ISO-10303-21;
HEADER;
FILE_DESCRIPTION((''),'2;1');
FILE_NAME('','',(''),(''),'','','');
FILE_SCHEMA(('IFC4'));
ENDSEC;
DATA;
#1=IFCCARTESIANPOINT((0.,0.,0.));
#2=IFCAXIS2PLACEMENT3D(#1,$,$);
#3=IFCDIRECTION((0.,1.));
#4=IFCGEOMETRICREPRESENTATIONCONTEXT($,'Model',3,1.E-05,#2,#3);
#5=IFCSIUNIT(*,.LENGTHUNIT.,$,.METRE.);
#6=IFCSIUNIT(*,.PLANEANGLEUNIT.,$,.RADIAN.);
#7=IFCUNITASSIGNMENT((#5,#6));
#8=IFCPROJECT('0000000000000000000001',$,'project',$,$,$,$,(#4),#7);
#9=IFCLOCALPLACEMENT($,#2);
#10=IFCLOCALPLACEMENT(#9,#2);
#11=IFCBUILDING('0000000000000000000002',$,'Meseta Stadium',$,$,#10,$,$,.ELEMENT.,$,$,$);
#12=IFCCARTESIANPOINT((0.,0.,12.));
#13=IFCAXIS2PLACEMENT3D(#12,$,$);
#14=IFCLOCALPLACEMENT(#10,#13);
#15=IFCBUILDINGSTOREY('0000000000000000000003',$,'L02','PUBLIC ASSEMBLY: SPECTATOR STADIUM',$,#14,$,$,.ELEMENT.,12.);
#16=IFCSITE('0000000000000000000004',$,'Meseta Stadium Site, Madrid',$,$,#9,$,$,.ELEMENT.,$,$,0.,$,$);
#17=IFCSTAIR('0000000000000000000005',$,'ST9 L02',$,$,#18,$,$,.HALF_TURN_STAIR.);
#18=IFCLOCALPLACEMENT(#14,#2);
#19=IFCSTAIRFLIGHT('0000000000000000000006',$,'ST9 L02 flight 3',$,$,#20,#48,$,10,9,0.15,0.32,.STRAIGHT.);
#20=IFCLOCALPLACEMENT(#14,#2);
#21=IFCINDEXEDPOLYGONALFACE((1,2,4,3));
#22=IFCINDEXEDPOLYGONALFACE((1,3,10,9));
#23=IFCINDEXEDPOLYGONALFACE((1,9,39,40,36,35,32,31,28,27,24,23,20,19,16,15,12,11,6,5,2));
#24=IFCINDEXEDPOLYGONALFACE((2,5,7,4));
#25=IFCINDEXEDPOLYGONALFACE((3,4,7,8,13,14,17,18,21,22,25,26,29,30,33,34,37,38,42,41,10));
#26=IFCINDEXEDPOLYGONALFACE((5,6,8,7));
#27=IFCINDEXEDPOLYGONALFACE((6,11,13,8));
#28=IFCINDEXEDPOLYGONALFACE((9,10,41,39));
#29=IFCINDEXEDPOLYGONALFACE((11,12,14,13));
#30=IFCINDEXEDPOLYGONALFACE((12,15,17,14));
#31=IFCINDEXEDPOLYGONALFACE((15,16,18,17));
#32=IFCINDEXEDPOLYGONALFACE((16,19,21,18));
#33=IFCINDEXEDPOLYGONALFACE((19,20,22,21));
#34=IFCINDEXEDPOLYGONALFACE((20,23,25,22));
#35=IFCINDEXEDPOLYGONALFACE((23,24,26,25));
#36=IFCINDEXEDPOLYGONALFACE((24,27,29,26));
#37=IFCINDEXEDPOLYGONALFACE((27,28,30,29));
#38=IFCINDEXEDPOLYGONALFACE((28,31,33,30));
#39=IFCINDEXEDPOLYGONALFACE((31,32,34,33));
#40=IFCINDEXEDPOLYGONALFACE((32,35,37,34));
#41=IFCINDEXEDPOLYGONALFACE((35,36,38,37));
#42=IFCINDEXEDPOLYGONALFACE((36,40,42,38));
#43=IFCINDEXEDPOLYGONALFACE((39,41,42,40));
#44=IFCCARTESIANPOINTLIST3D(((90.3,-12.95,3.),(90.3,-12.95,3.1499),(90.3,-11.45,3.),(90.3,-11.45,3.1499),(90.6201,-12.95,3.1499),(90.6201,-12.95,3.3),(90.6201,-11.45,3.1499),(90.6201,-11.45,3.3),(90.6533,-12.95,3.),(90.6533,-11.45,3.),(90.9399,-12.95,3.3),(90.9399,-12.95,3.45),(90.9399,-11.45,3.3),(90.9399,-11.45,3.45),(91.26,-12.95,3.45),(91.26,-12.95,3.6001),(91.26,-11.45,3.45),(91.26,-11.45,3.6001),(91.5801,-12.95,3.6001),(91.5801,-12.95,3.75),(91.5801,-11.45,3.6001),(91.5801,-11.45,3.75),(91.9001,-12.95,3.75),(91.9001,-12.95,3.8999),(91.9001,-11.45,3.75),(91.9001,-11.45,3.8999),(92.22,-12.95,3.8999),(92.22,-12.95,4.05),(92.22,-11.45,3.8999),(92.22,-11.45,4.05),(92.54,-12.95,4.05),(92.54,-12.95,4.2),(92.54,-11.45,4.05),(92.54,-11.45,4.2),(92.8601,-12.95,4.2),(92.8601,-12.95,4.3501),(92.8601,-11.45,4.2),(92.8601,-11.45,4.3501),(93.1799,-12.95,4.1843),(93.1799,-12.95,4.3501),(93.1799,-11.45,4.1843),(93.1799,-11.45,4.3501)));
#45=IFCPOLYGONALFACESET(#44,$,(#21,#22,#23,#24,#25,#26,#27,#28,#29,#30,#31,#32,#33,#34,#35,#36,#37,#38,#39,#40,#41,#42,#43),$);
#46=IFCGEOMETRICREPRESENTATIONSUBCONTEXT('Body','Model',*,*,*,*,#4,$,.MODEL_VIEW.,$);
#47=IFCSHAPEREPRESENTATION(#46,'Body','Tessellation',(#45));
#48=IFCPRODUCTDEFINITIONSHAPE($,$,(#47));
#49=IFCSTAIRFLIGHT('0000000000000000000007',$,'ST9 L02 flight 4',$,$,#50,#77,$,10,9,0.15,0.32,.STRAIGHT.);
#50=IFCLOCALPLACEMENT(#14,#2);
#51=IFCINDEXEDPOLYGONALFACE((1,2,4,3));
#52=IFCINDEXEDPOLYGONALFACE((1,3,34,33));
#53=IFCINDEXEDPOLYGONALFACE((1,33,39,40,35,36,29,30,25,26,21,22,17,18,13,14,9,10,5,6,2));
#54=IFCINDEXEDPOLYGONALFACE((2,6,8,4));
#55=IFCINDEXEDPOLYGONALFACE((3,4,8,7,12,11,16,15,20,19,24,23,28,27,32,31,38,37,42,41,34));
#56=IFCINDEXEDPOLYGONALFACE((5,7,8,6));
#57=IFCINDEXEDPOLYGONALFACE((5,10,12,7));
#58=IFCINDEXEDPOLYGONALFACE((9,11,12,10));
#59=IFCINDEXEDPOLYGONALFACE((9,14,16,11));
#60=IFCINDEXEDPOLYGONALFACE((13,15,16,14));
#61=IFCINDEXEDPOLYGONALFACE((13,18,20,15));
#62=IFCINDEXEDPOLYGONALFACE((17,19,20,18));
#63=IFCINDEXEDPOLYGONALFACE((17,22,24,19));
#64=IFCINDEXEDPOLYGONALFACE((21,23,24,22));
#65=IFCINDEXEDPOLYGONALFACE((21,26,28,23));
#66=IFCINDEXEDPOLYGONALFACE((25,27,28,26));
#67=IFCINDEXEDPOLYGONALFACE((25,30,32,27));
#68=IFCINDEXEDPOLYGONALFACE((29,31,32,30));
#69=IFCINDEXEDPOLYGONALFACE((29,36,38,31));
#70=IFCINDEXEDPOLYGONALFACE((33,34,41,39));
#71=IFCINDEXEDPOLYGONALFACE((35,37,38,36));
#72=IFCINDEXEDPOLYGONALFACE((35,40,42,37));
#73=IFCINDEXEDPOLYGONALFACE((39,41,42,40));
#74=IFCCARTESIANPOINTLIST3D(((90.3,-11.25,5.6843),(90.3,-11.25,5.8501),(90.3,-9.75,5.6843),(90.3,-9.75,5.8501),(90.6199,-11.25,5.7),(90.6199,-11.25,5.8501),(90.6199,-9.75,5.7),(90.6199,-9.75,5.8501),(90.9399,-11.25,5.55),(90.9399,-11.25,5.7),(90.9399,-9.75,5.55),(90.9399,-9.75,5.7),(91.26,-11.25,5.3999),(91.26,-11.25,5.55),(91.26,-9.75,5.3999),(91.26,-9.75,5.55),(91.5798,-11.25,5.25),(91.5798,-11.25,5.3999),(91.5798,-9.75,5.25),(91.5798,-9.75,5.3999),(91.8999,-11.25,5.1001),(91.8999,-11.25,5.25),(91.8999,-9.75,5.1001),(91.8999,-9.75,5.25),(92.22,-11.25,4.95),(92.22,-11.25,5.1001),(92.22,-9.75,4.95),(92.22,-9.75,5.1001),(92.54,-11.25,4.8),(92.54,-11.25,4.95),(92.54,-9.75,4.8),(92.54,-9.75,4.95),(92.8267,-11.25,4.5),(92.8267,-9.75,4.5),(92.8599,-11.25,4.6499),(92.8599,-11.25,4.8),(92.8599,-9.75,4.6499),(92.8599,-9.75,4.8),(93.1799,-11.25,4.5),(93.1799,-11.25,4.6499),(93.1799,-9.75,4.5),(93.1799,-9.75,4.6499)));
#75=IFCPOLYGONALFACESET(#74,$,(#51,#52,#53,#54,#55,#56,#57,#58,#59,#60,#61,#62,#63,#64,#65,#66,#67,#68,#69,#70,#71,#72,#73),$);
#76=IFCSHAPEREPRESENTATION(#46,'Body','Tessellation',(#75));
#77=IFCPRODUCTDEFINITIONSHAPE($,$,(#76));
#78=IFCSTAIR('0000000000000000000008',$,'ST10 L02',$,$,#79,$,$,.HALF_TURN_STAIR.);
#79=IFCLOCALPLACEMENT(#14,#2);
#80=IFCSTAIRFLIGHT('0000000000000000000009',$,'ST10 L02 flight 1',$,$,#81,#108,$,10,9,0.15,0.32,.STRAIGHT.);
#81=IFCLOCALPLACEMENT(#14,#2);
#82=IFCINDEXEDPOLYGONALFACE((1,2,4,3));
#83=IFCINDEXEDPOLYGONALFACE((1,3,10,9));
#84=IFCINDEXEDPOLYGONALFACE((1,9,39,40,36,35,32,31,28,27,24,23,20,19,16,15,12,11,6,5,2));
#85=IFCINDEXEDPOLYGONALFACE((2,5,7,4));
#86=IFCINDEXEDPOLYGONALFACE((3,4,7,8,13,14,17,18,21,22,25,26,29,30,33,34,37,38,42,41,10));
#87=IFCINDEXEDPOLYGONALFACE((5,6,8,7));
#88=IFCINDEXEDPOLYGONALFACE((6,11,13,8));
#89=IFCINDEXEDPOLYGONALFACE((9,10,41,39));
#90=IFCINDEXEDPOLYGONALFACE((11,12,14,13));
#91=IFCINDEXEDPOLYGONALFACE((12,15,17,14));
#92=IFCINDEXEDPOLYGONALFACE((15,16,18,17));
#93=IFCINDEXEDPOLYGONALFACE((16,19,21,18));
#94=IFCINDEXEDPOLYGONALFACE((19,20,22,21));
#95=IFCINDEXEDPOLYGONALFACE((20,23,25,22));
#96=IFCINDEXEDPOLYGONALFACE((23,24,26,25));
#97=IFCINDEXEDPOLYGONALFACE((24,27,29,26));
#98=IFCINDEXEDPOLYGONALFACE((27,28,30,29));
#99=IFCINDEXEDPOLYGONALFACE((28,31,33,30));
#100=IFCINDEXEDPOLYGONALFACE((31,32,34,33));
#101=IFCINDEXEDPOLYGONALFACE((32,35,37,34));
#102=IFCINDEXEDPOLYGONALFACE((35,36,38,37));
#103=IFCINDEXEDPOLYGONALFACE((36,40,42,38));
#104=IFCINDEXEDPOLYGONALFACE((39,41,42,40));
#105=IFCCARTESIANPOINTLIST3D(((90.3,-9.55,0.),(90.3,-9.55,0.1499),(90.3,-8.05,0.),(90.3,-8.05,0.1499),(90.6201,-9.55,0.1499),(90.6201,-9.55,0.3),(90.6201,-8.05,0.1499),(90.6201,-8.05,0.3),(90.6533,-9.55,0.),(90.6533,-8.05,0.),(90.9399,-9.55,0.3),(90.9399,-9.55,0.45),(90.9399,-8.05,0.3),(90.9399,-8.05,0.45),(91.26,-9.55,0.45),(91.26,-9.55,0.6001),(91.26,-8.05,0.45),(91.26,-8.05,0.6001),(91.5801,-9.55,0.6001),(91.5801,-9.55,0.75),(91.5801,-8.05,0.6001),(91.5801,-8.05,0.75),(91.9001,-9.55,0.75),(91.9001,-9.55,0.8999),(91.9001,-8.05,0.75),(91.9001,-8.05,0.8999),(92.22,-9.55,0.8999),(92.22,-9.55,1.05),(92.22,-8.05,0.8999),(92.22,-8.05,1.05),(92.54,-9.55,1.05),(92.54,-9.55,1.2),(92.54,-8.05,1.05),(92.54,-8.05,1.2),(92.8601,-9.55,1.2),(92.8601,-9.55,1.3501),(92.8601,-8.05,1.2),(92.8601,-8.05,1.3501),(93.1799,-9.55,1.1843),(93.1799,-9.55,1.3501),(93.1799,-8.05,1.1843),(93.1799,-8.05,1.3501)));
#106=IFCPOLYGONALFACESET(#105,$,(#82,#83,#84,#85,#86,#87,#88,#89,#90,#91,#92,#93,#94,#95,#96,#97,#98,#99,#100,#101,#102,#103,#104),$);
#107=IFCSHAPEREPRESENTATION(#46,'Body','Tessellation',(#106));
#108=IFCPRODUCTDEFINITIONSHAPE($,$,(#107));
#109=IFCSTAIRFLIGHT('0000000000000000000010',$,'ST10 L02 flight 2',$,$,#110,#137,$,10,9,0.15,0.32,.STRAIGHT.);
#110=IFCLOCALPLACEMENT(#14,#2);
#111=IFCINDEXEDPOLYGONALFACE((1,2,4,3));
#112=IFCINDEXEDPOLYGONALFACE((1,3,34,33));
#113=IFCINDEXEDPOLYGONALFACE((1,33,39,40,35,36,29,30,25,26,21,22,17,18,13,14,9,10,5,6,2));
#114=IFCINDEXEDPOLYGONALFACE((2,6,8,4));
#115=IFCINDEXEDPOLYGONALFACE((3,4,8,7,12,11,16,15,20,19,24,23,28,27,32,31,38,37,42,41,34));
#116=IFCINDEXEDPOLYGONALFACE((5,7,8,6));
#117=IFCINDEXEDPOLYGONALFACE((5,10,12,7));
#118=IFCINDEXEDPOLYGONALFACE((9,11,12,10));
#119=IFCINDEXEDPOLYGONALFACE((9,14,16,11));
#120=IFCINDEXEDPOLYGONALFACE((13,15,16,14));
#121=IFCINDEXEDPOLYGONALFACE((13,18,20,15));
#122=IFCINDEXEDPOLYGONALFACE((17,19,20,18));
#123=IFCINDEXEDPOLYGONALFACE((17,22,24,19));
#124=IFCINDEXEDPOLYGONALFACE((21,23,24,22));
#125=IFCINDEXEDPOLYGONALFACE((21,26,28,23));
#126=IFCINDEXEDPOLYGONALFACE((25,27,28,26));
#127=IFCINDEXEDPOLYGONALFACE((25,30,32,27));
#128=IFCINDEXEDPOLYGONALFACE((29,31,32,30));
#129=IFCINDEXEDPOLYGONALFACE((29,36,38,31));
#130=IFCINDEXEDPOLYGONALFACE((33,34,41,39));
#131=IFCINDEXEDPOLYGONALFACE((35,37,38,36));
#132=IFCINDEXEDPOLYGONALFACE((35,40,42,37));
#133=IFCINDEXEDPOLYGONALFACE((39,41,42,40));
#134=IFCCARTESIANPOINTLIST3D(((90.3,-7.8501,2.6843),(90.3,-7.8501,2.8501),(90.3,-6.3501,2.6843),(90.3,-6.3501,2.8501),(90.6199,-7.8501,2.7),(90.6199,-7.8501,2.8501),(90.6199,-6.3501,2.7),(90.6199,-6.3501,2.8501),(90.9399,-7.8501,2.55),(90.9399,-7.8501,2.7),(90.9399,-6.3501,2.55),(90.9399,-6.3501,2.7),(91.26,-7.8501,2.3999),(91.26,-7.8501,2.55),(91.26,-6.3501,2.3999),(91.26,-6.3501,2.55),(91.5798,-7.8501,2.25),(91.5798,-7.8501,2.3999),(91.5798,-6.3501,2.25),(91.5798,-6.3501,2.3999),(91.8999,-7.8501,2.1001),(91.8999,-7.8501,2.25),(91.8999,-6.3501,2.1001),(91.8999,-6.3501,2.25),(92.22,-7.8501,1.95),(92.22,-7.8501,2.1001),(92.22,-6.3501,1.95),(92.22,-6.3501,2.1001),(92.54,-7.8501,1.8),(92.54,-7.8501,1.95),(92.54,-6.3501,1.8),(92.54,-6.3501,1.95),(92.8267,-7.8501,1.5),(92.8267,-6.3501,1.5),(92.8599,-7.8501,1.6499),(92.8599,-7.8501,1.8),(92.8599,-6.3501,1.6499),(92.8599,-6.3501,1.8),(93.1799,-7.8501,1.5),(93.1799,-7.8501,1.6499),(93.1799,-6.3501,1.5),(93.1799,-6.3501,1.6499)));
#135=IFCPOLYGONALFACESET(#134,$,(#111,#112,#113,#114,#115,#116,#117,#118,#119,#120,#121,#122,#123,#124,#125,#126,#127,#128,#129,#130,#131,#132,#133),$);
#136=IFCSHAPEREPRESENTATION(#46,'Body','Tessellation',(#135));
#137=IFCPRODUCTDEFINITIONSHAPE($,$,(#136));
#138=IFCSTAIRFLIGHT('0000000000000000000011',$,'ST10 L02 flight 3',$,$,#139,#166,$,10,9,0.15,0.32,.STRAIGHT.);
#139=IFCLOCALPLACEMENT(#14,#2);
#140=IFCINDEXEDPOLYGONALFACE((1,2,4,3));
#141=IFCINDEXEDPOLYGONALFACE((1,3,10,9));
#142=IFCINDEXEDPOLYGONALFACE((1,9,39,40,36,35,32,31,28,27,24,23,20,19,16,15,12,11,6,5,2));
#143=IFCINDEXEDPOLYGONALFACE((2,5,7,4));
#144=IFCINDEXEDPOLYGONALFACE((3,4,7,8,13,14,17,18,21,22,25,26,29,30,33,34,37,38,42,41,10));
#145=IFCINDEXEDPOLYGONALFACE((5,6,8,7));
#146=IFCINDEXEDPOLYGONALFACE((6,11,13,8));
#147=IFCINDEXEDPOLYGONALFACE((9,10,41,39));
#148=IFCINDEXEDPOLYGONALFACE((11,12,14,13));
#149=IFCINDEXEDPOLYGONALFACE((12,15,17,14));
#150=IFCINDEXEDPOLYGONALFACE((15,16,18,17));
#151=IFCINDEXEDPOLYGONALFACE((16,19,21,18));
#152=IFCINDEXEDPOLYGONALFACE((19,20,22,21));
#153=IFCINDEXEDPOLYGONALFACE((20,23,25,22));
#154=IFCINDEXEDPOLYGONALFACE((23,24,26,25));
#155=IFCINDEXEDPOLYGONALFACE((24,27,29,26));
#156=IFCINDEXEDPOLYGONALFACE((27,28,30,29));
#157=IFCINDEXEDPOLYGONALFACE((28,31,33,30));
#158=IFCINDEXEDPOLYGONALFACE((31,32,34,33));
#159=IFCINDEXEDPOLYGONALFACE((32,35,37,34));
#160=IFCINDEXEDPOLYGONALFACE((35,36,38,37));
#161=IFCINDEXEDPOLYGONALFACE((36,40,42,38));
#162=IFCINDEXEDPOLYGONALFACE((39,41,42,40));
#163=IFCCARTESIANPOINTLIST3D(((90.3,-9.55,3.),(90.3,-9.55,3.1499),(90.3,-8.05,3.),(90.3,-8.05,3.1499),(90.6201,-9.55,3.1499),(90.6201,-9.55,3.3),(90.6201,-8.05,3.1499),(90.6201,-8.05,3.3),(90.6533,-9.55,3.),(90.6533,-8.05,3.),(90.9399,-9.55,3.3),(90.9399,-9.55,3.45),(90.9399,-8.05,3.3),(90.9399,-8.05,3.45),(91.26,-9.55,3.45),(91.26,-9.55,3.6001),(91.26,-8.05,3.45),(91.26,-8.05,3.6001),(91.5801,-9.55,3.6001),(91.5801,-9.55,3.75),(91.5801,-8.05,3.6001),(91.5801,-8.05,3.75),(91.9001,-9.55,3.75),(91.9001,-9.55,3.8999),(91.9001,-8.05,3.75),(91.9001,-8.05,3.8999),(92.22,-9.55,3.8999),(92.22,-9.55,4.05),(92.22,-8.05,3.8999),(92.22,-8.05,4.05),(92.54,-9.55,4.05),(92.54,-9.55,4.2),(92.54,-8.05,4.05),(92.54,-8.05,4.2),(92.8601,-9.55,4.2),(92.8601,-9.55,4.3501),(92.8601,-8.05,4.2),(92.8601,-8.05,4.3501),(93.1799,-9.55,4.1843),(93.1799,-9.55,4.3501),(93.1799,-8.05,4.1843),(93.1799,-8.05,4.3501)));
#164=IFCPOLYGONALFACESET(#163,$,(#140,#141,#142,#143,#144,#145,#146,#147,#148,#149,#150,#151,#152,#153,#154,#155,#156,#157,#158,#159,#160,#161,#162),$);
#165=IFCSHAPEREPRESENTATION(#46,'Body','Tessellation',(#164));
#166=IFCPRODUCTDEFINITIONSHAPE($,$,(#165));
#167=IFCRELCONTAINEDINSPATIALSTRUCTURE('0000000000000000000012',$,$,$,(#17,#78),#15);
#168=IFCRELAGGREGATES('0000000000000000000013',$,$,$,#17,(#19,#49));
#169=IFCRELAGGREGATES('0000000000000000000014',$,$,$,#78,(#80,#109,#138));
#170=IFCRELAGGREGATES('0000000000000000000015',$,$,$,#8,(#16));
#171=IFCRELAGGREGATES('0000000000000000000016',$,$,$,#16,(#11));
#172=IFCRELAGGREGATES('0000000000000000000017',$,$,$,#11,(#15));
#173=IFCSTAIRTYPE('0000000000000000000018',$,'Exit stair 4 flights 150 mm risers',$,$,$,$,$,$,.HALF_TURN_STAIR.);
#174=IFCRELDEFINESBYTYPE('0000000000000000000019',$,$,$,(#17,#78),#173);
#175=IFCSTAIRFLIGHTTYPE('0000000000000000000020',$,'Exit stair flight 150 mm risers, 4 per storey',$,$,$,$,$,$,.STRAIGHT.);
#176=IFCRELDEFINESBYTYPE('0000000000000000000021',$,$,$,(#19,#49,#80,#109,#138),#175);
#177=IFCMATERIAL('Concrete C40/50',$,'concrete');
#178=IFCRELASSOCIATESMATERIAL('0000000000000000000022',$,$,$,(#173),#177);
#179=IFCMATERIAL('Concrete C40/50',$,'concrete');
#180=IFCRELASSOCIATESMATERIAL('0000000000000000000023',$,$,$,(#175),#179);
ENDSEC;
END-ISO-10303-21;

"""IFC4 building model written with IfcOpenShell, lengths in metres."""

from ifc_helpers import new_model, si_unit, direction, frame, origin, place, context, subcontext, project, spatial, polyline, outline, extrude, material, type_object, element, aggregate, save


model = new_model("IFC4")

# Units and contexts
model_context = context("Model", 3, precision=1e-05, world=origin(), true_north=direction((0.0, 1.0)))
body_context = subcontext(model_context, "Body", "Model", "MODEL_VIEW")
ifc_project = project(units=[si_unit("LENGTHUNIT", "METRE"), si_unit("PLANEANGLEUNIT", "RADIAN")], contexts=[model_context])

# Site, building, storey
site_placement = place(None, origin())
site = spatial("IfcSite", under=ifc_project, at=site_placement, Name="Meseta Stadium Site, Madrid", CompositionType="ELEMENT", RefElevation=0.0)
building_placement = place(site_placement, origin())
building = spatial("IfcBuilding", under=site, at=building_placement, Name="Meseta Stadium", CompositionType="ELEMENT")
storey_placement = place(building_placement, frame((0.0, 0.0, 12.0)))
storey = spatial("IfcBuildingStorey", under=building, at=storey_placement, Name="L02", Description="PUBLIC ASSEMBLY: SPECTATOR STADIUM", CompositionType="ELEMENT", Elevation=12.0)

# Stairs, stair flights
ifc_material_1 = material(Name="Concrete C40/50", Category="concrete")
stair_type = type_object("IfcStairType", Name="Exit stair 4 flights 150 mm risers", PredefinedType="HALF_TURN_STAIR", material=ifc_material_1)
stair_1_placement = place(storey_placement, origin())
stair_1 = element("IfcStair", 1, at=stair_1_placement, inside=storey, type_object=stair_type, Name="ST9 L02", PredefinedType="HALF_TURN_STAIR")
ifc_material_2 = material(Name="Concrete C40/50", Category="concrete")
stair_flight_type = type_object("IfcStairFlightType", Name="Exit stair flight 150 mm risers, 4 per storey", PredefinedType="STRAIGHT", material=ifc_material_2)
stair_flight_1_placement = place(storey_placement, frame((90.3, -12.2, 3.0), z_axis=(0.0, 0.0, 1.0), x_axis=(1.0, 0.0, 0.0)))
stair_flight_1 = element("IfcStairFlight", 2, at=stair_flight_1_placement, type_object=stair_flight_type, Name="ST9 L02 flight 3", NumberOfRisers=10, NumberOfTreads=9, PredefinedType="STRAIGHT", RiserHeight=0.15, TreadLength=0.32, context=body_context, shape_type="SweptSolid", body=[
    extrude(outline(polyline([(0.0, 0.0), (0.0, 0.1499), (0.3201, 0.1499), (0.3201, 0.3), (0.6399, 0.3), (0.6399, 0.45), (0.96, 0.45), (0.96, 0.6001), (1.28, 0.6001), (1.28, 0.75), (1.6001, 0.75), (1.6001, 0.8999), (1.9199, 0.8999), (1.9199, 1.05), (2.24, 1.05), (2.24, 1.2), (2.5601, 1.2), (2.5601, 1.3501), (2.8799, 1.3501), (2.8799, 1.1843), (0.3533, 0.0), (0.0, 0.0)])), frame((0.0, 0.75, 0.0), z_axis=(0.0, -1.0, 0.0), x_axis=(1.0, 0.0, 0.0)), (0.0, 0.0, 1.0), 1.5),
])
stair_flight_2_placement = place(storey_placement, frame((93.1799, -10.5, 4.5), z_axis=(0.0, 0.0, 1.0), x_axis=(-1.0, 0.0, 0.0)))
stair_flight_2 = element("IfcStairFlight", 3, at=stair_flight_2_placement, type_object=stair_flight_type, Name="ST9 L02 flight 4", NumberOfRisers=10, NumberOfTreads=9, PredefinedType="STRAIGHT", RiserHeight=0.15, TreadLength=0.32, context=body_context, shape_type="SweptSolid", body=[
    extrude(outline(polyline([(0.0, 0.0), (0.0, 0.1499), (0.3201, 0.1499), (0.3201, 0.3), (0.6399, 0.3), (0.6399, 0.45), (0.96, 0.45), (0.96, 0.6001), (1.28, 0.6001), (1.28, 0.75), (1.6001, 0.75), (1.6001, 0.8999), (1.9199, 0.8999), (1.9199, 1.05), (2.24, 1.05), (2.24, 1.2), (2.5601, 1.2), (2.5601, 1.3501), (2.8799, 1.3501), (2.8799, 1.1843), (0.3533, 0.0), (0.0, 0.0)])), frame((0.0, 0.75, 0.0), z_axis=(0.0, -1.0, 0.0), x_axis=(1.0, 0.0, 0.0)), (0.0, 0.0, 1.0), 1.5),
])
aggregate(stair_1, [stair_flight_1, stair_flight_2])
stair_2_placement = place(storey_placement, origin())
stair_2 = element("IfcStair", 4, at=stair_2_placement, inside=storey, type_object=stair_type, Name="ST10 L02", PredefinedType="HALF_TURN_STAIR")
stair_flight_3_placement = place(storey_placement, frame((90.3, -8.8, 0.0), z_axis=(0.0, 0.0, 1.0), x_axis=(1.0, 0.0, 0.0)))
stair_flight_3 = element("IfcStairFlight", 5, at=stair_flight_3_placement, type_object=stair_flight_type, Name="ST10 L02 flight 1", NumberOfRisers=10, NumberOfTreads=9, PredefinedType="STRAIGHT", RiserHeight=0.15, TreadLength=0.32, context=body_context, shape_type="SweptSolid", body=[
    extrude(outline(polyline([(0.0, 0.0), (0.0, 0.1499), (0.3201, 0.1499), (0.3201, 0.3), (0.6399, 0.3), (0.6399, 0.45), (0.96, 0.45), (0.96, 0.6001), (1.28, 0.6001), (1.28, 0.75), (1.6001, 0.75), (1.6001, 0.8999), (1.9199, 0.8999), (1.9199, 1.05), (2.24, 1.05), (2.24, 1.2), (2.5601, 1.2), (2.5601, 1.3501), (2.8799, 1.3501), (2.8799, 1.1843), (0.3533, 0.0), (0.0, 0.0)])), frame((0.0, 0.75, 0.0), z_axis=(0.0, -1.0, 0.0), x_axis=(1.0, 0.0, 0.0)), (0.0, 0.0, 1.0), 1.5),
])
stair_flight_4_placement = place(storey_placement, frame((93.1799, -7.1001, 1.5), z_axis=(0.0, 0.0, 1.0), x_axis=(-1.0, 0.0, 0.0)))
stair_flight_4 = element("IfcStairFlight", 6, at=stair_flight_4_placement, type_object=stair_flight_type, Name="ST10 L02 flight 2", NumberOfRisers=10, NumberOfTreads=9, PredefinedType="STRAIGHT", RiserHeight=0.15, TreadLength=0.32, context=body_context, shape_type="SweptSolid", body=[
    extrude(outline(polyline([(0.0, 0.0), (0.0, 0.1499), (0.3201, 0.1499), (0.3201, 0.3), (0.6399, 0.3), (0.6399, 0.45), (0.96, 0.45), (0.96, 0.6001), (1.28, 0.6001), (1.28, 0.75), (1.6001, 0.75), (1.6001, 0.8999), (1.9199, 0.8999), (1.9199, 1.05), (2.24, 1.05), (2.24, 1.2), (2.5601, 1.2), (2.5601, 1.3501), (2.8799, 1.3501), (2.8799, 1.1843), (0.3533, 0.0), (0.0, 0.0)])), frame((0.0, 0.75, 0.0), z_axis=(0.0, -1.0, 0.0), x_axis=(1.0, 0.0, 0.0)), (0.0, 0.0, 1.0), 1.5),
])
stair_flight_5_placement = place(storey_placement, frame((90.3, -8.8, 3.0), z_axis=(0.0, 0.0, 1.0), x_axis=(1.0, 0.0, 0.0)))
stair_flight_5 = element("IfcStairFlight", 7, at=stair_flight_5_placement, type_object=stair_flight_type, Name="ST10 L02 flight 3", NumberOfRisers=10, NumberOfTreads=9, PredefinedType="STRAIGHT", RiserHeight=0.15, TreadLength=0.32, context=body_context, shape_type="SweptSolid", body=[
    extrude(outline(polyline([(0.0, 0.0), (0.0, 0.1499), (0.3201, 0.1499), (0.3201, 0.3), (0.6399, 0.3), (0.6399, 0.45), (0.96, 0.45), (0.96, 0.6001), (1.28, 0.6001), (1.28, 0.75), (1.6001, 0.75), (1.6001, 0.8999), (1.9199, 0.8999), (1.9199, 1.05), (2.24, 1.05), (2.24, 1.2), (2.5601, 1.2), (2.5601, 1.3501), (2.8799, 1.3501), (2.8799, 1.1843), (0.3533, 0.0), (0.0, 0.0)])), frame((0.0, 0.75, 0.0), z_axis=(0.0, -1.0, 0.0), x_axis=(1.0, 0.0, 0.0)), (0.0, 0.0, 1.0), 1.5),
])
aggregate(stair_2, [stair_flight_3, stair_flight_4, stair_flight_5])

save(model, "model.ifc")
